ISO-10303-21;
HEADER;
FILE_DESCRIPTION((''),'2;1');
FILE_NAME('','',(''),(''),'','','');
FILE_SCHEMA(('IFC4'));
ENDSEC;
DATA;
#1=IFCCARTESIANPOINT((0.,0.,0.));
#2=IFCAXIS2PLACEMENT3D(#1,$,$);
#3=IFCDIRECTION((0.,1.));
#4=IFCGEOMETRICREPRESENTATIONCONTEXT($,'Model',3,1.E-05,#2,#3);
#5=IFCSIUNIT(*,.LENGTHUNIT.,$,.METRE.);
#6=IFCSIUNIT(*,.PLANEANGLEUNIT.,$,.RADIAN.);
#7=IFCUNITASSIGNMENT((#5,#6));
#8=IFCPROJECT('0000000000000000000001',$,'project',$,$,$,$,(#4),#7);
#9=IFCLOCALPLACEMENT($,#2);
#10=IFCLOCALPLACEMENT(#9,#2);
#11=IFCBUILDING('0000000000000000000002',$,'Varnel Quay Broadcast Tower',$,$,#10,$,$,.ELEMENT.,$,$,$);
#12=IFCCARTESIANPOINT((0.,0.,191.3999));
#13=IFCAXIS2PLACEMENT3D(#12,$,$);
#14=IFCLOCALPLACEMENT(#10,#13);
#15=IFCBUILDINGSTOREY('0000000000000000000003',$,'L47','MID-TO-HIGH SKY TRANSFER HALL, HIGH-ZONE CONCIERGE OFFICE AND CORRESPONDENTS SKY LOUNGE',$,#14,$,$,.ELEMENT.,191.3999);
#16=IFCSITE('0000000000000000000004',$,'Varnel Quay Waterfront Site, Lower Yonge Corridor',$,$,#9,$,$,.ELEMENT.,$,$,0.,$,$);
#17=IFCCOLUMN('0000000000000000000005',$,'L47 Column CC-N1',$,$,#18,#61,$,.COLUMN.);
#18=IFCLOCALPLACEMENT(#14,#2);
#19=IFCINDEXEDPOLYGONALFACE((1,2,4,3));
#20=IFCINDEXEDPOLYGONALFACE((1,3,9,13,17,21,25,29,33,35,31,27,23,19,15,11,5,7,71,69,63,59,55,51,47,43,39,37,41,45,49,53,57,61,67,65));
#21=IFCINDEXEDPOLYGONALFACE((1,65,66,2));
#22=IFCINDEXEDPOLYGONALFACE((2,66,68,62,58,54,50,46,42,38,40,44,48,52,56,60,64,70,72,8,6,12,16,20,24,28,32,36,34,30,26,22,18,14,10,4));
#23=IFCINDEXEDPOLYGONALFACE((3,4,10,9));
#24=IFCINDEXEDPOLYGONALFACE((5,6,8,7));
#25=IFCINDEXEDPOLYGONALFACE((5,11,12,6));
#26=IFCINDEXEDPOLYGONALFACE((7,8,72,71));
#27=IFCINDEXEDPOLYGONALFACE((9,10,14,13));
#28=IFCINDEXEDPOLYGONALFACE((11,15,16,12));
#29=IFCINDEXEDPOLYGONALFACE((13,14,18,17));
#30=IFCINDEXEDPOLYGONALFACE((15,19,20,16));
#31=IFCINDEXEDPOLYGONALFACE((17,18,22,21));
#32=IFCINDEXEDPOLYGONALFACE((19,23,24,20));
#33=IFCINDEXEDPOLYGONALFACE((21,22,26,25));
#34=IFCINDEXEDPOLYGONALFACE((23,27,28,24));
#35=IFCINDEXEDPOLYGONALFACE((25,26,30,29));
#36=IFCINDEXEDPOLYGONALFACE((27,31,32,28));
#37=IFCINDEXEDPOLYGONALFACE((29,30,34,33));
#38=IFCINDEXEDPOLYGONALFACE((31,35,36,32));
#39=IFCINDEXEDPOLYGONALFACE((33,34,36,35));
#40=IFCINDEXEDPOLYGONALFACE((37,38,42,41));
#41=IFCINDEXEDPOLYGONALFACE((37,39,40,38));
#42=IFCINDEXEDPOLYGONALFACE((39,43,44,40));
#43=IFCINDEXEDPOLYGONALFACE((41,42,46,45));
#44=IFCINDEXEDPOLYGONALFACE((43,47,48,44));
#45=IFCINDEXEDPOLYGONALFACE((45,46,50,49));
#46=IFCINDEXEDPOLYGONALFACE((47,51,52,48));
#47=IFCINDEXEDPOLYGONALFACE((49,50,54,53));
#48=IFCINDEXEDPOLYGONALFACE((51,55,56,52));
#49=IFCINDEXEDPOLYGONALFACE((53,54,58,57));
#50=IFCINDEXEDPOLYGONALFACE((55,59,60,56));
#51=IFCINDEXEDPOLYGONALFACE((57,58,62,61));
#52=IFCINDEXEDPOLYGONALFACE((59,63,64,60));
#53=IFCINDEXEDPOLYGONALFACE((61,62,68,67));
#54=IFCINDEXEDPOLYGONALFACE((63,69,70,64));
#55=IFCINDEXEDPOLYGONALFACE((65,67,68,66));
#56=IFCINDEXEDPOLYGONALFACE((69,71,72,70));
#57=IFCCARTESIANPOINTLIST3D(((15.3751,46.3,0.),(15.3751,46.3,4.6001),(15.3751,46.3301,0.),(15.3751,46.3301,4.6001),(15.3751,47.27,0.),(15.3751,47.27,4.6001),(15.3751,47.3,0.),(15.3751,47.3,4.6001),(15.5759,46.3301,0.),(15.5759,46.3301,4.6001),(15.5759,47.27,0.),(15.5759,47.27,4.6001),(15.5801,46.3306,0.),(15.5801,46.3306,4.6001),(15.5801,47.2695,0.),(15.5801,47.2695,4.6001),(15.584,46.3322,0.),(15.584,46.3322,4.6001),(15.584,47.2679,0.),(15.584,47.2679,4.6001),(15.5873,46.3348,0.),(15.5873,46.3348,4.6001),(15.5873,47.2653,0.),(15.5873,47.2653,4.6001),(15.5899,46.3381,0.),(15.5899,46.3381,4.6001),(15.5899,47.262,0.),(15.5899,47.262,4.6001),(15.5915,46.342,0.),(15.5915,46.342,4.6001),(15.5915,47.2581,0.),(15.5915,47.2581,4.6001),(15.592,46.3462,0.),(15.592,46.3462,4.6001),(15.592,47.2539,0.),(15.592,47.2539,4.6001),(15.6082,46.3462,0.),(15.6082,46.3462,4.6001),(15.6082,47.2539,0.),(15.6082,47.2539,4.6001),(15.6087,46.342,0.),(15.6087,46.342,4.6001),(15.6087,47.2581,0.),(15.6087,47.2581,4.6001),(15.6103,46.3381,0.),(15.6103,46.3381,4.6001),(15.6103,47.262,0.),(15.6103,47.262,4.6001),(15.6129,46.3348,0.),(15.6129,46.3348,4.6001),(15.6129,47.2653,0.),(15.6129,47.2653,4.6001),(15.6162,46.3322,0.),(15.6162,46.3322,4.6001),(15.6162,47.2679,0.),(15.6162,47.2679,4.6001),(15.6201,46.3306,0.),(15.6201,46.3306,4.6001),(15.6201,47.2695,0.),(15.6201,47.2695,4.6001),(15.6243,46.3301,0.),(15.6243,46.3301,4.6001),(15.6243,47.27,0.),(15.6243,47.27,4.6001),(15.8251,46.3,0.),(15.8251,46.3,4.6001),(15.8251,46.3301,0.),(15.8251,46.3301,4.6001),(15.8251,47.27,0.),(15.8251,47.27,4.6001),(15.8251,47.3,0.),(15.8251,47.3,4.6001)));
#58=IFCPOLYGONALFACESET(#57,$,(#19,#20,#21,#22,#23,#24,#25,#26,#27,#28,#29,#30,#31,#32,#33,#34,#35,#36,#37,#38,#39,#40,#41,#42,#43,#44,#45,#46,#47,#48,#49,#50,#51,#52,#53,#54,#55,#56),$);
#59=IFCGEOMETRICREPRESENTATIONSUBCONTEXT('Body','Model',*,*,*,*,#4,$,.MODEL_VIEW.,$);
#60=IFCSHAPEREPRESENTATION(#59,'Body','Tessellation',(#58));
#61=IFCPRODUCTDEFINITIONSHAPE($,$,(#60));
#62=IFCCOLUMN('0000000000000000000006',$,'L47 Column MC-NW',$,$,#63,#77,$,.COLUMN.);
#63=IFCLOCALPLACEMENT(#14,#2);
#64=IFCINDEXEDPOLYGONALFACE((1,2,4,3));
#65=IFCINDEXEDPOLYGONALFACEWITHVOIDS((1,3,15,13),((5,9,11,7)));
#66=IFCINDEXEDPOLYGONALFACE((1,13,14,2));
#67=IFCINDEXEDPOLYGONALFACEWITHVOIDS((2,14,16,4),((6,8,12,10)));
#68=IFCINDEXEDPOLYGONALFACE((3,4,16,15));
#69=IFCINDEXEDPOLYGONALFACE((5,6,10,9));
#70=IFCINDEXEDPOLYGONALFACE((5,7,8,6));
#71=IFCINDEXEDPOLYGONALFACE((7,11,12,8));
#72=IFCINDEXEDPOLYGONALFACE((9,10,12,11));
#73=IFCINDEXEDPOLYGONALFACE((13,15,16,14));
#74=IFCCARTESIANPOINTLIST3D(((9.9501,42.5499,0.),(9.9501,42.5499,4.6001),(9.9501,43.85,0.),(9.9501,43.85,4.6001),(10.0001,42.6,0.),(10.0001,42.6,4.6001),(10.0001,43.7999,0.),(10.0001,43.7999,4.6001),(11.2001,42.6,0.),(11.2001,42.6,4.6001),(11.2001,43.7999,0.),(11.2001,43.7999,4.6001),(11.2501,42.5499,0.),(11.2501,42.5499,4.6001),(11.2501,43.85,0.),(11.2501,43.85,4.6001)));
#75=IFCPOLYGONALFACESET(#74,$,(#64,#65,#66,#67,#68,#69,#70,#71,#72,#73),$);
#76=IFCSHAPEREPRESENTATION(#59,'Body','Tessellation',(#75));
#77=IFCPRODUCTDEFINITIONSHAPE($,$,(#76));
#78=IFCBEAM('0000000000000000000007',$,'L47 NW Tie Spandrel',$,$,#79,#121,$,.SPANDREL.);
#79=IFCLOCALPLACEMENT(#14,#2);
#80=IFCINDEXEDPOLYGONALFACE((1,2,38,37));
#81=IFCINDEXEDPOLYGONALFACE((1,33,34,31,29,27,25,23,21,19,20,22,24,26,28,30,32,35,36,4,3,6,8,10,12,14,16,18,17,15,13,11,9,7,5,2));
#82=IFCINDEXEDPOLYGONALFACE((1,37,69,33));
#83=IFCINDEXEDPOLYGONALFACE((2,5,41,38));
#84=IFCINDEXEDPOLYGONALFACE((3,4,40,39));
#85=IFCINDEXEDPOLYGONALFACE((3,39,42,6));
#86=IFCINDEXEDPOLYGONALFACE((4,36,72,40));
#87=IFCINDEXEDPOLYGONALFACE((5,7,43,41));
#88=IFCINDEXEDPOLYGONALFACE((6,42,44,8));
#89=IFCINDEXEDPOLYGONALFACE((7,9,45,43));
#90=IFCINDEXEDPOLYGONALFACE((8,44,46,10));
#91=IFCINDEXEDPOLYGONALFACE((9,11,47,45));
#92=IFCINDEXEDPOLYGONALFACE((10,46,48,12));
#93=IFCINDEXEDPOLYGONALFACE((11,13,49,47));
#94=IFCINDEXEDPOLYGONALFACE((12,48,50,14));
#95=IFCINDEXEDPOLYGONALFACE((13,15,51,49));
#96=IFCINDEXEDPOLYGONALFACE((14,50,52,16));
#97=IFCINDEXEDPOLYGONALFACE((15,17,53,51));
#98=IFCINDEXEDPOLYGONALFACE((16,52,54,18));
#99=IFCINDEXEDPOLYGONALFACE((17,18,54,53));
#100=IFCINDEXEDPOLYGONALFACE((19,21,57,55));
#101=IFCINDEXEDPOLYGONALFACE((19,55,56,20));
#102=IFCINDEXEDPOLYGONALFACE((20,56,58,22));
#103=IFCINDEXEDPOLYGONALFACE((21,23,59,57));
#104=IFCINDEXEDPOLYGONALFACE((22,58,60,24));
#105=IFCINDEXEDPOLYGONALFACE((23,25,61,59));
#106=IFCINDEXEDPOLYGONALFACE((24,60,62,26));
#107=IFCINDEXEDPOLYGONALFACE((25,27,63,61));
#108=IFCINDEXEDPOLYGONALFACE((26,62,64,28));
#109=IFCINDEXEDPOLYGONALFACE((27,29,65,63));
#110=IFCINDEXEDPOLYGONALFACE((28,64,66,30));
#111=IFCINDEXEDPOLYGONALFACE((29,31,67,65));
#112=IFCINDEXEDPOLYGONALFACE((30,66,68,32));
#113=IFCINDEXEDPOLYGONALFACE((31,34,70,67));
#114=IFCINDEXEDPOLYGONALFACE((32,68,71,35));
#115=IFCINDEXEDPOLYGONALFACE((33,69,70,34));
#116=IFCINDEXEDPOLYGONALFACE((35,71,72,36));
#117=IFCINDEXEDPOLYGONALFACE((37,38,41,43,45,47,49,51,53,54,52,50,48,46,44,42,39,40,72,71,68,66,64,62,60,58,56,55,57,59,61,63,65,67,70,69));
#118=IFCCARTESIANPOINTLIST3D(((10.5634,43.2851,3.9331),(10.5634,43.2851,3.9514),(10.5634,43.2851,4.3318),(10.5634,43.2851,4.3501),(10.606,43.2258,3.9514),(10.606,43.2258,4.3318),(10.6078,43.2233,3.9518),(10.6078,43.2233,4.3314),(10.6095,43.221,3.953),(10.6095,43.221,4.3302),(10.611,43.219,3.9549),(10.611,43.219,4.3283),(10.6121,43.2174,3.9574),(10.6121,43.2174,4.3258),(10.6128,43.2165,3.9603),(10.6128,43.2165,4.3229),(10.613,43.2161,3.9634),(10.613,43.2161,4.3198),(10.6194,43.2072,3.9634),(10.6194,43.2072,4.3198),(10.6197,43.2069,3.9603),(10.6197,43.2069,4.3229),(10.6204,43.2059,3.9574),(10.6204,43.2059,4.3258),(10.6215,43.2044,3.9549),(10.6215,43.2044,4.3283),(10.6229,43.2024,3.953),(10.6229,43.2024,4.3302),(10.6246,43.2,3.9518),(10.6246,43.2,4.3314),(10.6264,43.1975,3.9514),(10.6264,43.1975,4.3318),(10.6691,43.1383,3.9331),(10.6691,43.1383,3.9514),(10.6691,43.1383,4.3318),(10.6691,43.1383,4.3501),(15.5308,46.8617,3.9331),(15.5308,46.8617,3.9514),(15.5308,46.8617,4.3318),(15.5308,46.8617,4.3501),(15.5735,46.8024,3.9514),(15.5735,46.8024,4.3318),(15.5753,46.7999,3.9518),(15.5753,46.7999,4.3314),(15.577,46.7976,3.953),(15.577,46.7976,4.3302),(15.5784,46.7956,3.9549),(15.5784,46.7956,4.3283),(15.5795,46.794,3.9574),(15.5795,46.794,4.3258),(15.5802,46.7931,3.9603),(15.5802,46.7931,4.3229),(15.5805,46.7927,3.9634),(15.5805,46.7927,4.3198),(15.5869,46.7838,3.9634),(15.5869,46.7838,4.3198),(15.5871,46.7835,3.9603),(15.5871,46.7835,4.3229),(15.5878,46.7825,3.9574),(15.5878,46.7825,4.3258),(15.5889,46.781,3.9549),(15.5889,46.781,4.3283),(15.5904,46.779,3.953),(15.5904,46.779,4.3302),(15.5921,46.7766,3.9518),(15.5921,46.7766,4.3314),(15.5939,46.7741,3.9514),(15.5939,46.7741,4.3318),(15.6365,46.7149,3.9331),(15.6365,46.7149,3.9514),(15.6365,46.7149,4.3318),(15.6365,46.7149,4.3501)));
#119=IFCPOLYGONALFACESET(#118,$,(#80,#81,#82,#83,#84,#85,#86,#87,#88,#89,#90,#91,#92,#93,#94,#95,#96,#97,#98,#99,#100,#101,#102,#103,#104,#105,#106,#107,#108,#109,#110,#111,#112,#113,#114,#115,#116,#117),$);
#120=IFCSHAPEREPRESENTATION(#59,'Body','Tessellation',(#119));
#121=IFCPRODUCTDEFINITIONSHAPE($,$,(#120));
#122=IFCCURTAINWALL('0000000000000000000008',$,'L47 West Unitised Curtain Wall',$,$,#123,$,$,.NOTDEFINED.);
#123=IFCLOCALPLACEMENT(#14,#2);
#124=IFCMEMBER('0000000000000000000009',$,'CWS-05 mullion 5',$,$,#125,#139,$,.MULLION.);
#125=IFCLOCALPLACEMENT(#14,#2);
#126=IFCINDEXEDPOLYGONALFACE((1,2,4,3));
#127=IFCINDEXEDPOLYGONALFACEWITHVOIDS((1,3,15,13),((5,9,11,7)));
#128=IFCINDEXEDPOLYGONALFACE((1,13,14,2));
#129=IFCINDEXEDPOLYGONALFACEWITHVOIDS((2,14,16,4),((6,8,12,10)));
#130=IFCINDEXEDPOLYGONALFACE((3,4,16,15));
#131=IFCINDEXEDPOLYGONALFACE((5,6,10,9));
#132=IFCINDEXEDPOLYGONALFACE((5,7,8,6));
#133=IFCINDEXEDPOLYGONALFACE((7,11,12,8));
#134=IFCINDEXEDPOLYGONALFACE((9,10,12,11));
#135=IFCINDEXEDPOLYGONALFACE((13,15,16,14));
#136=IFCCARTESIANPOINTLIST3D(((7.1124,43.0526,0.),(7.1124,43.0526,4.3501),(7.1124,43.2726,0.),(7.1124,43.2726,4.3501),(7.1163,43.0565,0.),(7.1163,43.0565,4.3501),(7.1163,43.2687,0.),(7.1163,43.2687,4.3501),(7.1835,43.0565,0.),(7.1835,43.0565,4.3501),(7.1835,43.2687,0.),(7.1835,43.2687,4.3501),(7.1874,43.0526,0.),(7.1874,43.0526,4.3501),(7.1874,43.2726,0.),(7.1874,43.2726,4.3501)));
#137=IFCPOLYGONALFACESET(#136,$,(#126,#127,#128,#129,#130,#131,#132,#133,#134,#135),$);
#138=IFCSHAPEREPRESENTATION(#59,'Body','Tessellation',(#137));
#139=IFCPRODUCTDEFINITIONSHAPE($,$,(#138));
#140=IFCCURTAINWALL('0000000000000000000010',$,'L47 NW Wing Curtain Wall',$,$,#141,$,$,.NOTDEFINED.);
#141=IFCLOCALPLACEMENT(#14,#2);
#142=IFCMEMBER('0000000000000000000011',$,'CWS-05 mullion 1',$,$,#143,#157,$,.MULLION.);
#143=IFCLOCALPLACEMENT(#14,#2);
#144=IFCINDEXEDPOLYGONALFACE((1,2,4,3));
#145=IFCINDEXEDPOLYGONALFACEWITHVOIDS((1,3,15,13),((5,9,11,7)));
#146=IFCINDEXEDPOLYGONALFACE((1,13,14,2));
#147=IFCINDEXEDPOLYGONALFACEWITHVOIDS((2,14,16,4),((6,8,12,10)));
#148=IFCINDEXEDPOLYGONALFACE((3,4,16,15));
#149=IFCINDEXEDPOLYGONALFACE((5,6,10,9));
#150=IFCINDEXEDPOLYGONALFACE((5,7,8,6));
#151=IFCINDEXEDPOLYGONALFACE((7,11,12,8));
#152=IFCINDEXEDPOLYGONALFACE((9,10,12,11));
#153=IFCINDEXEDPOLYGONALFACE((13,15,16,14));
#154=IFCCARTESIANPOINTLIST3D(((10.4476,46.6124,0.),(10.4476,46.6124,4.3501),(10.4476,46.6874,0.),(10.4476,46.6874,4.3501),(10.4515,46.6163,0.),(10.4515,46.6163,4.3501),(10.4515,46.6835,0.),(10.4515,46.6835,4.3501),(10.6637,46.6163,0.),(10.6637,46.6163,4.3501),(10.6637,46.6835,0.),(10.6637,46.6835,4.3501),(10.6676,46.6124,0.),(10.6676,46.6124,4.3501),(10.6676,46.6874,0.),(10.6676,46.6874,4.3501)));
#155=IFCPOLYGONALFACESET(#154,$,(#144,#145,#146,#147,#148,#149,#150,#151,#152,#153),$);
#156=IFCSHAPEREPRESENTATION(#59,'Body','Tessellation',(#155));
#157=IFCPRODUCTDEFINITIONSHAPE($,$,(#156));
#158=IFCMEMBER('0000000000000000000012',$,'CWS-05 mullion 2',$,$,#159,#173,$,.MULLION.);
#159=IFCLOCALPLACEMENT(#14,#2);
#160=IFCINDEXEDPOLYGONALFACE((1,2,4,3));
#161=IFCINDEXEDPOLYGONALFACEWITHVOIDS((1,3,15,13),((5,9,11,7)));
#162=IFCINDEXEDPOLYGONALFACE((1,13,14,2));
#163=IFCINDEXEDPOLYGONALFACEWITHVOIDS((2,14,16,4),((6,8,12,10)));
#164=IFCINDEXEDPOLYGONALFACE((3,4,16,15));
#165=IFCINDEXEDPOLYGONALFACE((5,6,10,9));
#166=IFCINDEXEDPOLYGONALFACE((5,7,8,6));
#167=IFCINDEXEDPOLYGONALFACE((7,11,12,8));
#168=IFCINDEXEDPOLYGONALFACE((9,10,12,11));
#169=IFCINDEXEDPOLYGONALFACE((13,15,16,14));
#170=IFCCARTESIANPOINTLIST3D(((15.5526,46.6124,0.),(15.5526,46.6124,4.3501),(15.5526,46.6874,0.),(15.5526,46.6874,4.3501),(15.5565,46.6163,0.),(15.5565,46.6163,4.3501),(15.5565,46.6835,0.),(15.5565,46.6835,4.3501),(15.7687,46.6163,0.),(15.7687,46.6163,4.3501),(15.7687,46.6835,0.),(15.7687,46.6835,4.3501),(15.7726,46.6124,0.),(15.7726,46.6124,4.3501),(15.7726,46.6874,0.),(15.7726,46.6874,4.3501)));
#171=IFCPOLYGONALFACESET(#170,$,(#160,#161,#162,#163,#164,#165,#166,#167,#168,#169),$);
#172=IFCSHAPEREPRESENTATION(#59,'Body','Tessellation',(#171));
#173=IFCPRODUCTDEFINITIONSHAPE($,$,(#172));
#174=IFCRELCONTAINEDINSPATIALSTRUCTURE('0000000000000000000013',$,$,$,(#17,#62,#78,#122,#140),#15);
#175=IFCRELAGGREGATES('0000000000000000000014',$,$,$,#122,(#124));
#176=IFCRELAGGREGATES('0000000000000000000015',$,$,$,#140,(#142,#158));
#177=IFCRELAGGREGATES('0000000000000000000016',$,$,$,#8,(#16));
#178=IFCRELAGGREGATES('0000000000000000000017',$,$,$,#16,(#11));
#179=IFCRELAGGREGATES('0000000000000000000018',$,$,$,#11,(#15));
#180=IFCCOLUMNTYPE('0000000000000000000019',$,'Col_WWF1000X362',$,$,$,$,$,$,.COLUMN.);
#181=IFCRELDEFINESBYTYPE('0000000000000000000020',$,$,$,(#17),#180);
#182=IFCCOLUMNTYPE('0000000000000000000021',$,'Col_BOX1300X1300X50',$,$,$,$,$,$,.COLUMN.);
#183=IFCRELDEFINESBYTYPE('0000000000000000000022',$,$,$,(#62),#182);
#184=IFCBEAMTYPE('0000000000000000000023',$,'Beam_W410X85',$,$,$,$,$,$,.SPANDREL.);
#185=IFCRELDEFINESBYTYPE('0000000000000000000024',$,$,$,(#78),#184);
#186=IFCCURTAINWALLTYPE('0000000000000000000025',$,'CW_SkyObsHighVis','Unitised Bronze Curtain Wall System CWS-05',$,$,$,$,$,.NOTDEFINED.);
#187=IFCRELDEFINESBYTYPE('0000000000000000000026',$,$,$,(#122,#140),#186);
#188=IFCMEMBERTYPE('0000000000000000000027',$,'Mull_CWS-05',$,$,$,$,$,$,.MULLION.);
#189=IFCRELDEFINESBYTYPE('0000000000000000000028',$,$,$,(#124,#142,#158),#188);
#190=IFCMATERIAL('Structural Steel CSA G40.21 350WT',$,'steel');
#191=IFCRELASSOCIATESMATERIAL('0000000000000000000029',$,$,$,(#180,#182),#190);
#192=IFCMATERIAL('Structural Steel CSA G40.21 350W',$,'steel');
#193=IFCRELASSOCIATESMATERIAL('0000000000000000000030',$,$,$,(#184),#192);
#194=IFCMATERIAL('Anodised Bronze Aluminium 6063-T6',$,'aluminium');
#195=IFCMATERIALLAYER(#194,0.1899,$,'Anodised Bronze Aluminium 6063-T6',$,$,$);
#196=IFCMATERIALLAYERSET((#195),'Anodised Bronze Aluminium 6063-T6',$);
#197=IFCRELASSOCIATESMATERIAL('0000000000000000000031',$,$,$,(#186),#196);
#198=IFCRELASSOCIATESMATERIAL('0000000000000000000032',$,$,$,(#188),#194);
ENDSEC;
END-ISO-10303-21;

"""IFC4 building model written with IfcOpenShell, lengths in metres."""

from ifc_helpers import new_model, si_unit, direction, frame, origin, origin_2d, place, context, subcontext, project, spatial, hollow_rectangle, i_section, extrude, source, transform, mapped, material, layer, layer_set, material_profile, profile_set, type_object, type_shapes, element, aggregate, save


model = new_model("IFC4")

# Units and contexts
model_context = context("Model", 3, precision=1e-05, world=origin(), true_north=direction((0.0, 1.0)))
body_context = subcontext(model_context, "Body", "Model", "MODEL_VIEW")
ifc_project = project(units=[si_unit("LENGTHUNIT", "METRE"), si_unit("PLANEANGLEUNIT", "RADIAN")], contexts=[model_context])

# Site, building, storey
site_placement = place(None, origin())
site = spatial("IfcSite", under=ifc_project, at=site_placement, Name="Varnel Quay Waterfront Site, Lower Yonge Corridor", CompositionType="ELEMENT", RefElevation=0.0)
building_placement = place(site_placement, origin())
building = spatial("IfcBuilding", under=site, at=building_placement, Name="Varnel Quay Broadcast Tower", CompositionType="ELEMENT")
storey_placement = place(building_placement, frame((0.0, 0.0, 191.3999)))
storey = spatial("IfcBuildingStorey", under=building, at=storey_placement, Name="L47", Description="MID-TO-HIGH SKY TRANSFER HALL, HIGH-ZONE CONCIERGE OFFICE AND CORRESPONDENTS SKY LOUNGE", CompositionType="ELEMENT", Elevation=191.3999)

# Columns
ifc_material_1 = material(Name="Structural Steel CSA G40.21 350WT", Category="steel")
ifc_material_profile_1 = material_profile(ifc_material_1, i_section(OverallWidth=0.45, OverallDepth=1.0, WebThickness=0.0161, FlangeThickness=0.03, FilletRadius=0.0161, at=origin_2d()), Name="WWF1000X362")
ifc_profile_set_1 = profile_set([ifc_material_profile_1], Name="Structural Steel CSA G40.21 350WT")
column_type_1 = type_object("IfcColumnType", Name="Col_WWF1000X362", PredefinedType="COLUMN", material=ifc_profile_set_1)
shared_shape_1 = source(origin(), body_context, "Body", "SweptSolid", [
    extrude(i_section(OverallWidth=0.45, OverallDepth=1.0, WebThickness=0.0161, FlangeThickness=0.03, FilletRadius=0.0161, at=origin_2d()), origin(), (0.0, 0.0, 1.0), 4.6001),
])
type_shapes(column_type_1, [shared_shape_1])
column_1_placement = place(storey_placement, frame((15.6001, 46.8, 0.0), z_axis=(0.0, 0.0, 1.0), x_axis=(1.0, 0.0, 0.0)))
element("IfcColumn", 1, at=column_1_placement, inside=storey, type_object=column_type_1, Name="L47 Column CC-N1", PredefinedType="COLUMN", context=body_context, shape_type="MappedRepresentation", body=[
    mapped(shared_shape_1, transform((0.0, 0.0, 0.0), x_axis=(1.0, 0.0, 0.0), y_axis=(0.0, 1.0, 0.0), z_axis=(0.0, 0.0, 1.0), scale=1.0)),
])
ifc_material_profile_2 = material_profile(ifc_material_1, hollow_rectangle(XDim=1.3, YDim=1.3, WallThickness=0.05, at=origin_2d()), Name="BOX1300X1300X50")
ifc_profile_set_2 = profile_set([ifc_material_profile_2], Name="Structural Steel CSA G40.21 350WT")
column_type_2 = type_object("IfcColumnType", Name="Col_BOX1300X1300X50", PredefinedType="COLUMN", material=ifc_profile_set_2)
shared_shape_2 = source(origin(), body_context, "Body", "SweptSolid", [
    extrude(hollow_rectangle(XDim=1.3, YDim=1.3, WallThickness=0.05, at=origin_2d()), origin(), (0.0, 0.0, 1.0), 4.6001),
])
type_shapes(column_type_2, [shared_shape_2])
column_2_placement = place(storey_placement, frame((10.6001, 43.2, 0.0), z_axis=(0.0, 0.0, 1.0), x_axis=(1.0, 0.0, 0.0)))
element("IfcColumn", 2, at=column_2_placement, inside=storey, type_object=column_type_2, Name="L47 Column MC-NW", PredefinedType="COLUMN", context=body_context, shape_type="MappedRepresentation", body=[
    mapped(shared_shape_2, transform((0.0, 0.0, 0.0), x_axis=(1.0, 0.0, 0.0), y_axis=(0.0, 1.0, 0.0), z_axis=(0.0, 0.0, 1.0), scale=1.0)),
])

# Beam
ifc_material_2 = material(Name="Structural Steel CSA G40.21 350W", Category="steel")
ifc_material_profile_3 = material_profile(ifc_material_2, i_section(OverallWidth=0.1809, OverallDepth=0.417, WebThickness=0.011, FlangeThickness=0.0183, FilletRadius=0.012, at=origin_2d()), Name="W410X85")
ifc_profile_set_3 = profile_set([ifc_material_profile_3], Name="Structural Steel CSA G40.21 350W")
beam_type = type_object("IfcBeamType", Name="Beam_W410X85", PredefinedType="SPANDREL", material=ifc_profile_set_3)
shared_shape_3 = source(origin(), body_context, "Body", "SweptSolid", [
    extrude(i_section(OverallWidth=0.1809, OverallDepth=0.417, WebThickness=0.011, FlangeThickness=0.0183, FilletRadius=0.012, at=origin_2d()), origin(), (0.0, 0.0, 1.0), 6.1211),
])
type_shapes(beam_type, [shared_shape_3])
beam_placement = place(storey_placement, frame((10.6162, 43.2117, 4.1416), z_axis=(0.811531, 0.584309, 0.0), x_axis=(-0.584309, 0.811531, 0.0)))
element("IfcBeam", 3, at=beam_placement, inside=storey, type_object=beam_type, Name="L47 NW Tie Spandrel", PredefinedType="SPANDREL", context=body_context, shape_type="MappedRepresentation", body=[
    mapped(shared_shape_3, transform((0.0, 0.0, 0.0), x_axis=(1.0, 0.0, 0.0), y_axis=(0.0, 1.0, 0.0), z_axis=(0.0, 0.0, 1.0), scale=1.0)),
])

# Curtain wall, member
ifc_material_3 = material(Name="Anodised Bronze Aluminium 6063-T6", Category="aluminium")
ifc_layer_1 = layer(ifc_material_3, 0.1899, Name="Anodised Bronze Aluminium 6063-T6")
ifc_layer_set_1 = layer_set([ifc_layer_1], Name="Anodised Bronze Aluminium 6063-T6")
curtain_wall_type = type_object("IfcCurtainWallType", Name="CW_SkyObsHighVis", Description="Unitised Bronze Curtain Wall System CWS-05", PredefinedType="NOTDEFINED", material=ifc_layer_set_1)
curtain_wall_1_placement = place(storey_placement, origin())
curtain_wall_1 = element("IfcCurtainWall", 4, at=curtain_wall_1_placement, inside=storey, type_object=curtain_wall_type, Name="L47 West Unitised Curtain Wall", PredefinedType="NOTDEFINED")
ifc_material_profile_4 = material_profile(ifc_material_3, hollow_rectangle(XDim=0.075, YDim=0.22, WallThickness=0.0039, at=origin_2d()), Name="ALU75X220X4")
ifc_profile_set_4 = profile_set([ifc_material_profile_4], Name="Anodised Bronze Aluminium 6063-T6")
member_type_1 = type_object("IfcMemberType", Name="Mull_CWS-05", PredefinedType="MULLION", material=ifc_profile_set_4)
shared_shape_4 = source(origin(), body_context, "Body", "SweptSolid", [
    extrude(hollow_rectangle(XDim=0.075, YDim=0.22, WallThickness=0.0039, at=origin_2d()), origin(), (0.0, 0.0, 1.0), 4.3501),
])
type_shapes(member_type_1, [shared_shape_4])
member_1_placement = place(storey_placement, frame((7.1499, 43.1626, 0.0), z_axis=(0.0, 0.0, 1.0), x_axis=(-1.0, 0.0, 0.0)))
member_1 = element("IfcMember", 5, at=member_1_placement, type_object=member_type_1, Name="CWS-05 mullion 5", PredefinedType="MULLION", context=body_context, shape_type="MappedRepresentation", body=[
    mapped(shared_shape_4, transform((0.0, 0.0, 0.0), x_axis=(1.0, 0.0, 0.0), y_axis=(0.0, 1.0, 0.0), z_axis=(0.0, 0.0, 1.0), scale=1.0)),
])

# Curtain wall, members
curtain_wall_2_placement = place(storey_placement, origin())
curtain_wall_2 = element("IfcCurtainWall", 6, at=curtain_wall_2_placement, inside=storey, type_object=curtain_wall_type, Name="L47 NW Wing Curtain Wall", PredefinedType="NOTDEFINED")
member_2_placement = place(storey_placement, frame((10.5576, 46.6499, 0.0), z_axis=(0.0, 0.0, 1.0), x_axis=(0.0, 1.0, 0.0)))
member_2 = element("IfcMember", 7, at=member_2_placement, type_object=member_type_1, Name="CWS-05 mullion 1", PredefinedType="MULLION", context=body_context, shape_type="MappedRepresentation", body=[
    mapped(shared_shape_4, transform((0.0, 0.0, 0.0), x_axis=(1.0, 0.0, 0.0), y_axis=(0.0, 1.0, 0.0), z_axis=(0.0, 0.0, 1.0), scale=1.0)),
])
member_3_placement = place(storey_placement, frame((15.6626, 46.6499, 0.0), z_axis=(0.0, 0.0, 1.0), x_axis=(0.0, 1.0, 0.0)))
member_3 = element("IfcMember", 8, at=member_3_placement, type_object=member_type_1, Name="CWS-05 mullion 2", PredefinedType="MULLION", context=body_context, shape_type="MappedRepresentation", body=[
    mapped(shared_shape_4, transform((0.0, 0.0, 0.0), x_axis=(1.0, 0.0, 0.0), y_axis=(0.0, 1.0, 0.0), z_axis=(0.0, 0.0, 1.0), scale=1.0)),
])

aggregate(curtain_wall_1, [member_1])
aggregate(curtain_wall_2, [member_2, member_3])

save(model, "model.ifc")
